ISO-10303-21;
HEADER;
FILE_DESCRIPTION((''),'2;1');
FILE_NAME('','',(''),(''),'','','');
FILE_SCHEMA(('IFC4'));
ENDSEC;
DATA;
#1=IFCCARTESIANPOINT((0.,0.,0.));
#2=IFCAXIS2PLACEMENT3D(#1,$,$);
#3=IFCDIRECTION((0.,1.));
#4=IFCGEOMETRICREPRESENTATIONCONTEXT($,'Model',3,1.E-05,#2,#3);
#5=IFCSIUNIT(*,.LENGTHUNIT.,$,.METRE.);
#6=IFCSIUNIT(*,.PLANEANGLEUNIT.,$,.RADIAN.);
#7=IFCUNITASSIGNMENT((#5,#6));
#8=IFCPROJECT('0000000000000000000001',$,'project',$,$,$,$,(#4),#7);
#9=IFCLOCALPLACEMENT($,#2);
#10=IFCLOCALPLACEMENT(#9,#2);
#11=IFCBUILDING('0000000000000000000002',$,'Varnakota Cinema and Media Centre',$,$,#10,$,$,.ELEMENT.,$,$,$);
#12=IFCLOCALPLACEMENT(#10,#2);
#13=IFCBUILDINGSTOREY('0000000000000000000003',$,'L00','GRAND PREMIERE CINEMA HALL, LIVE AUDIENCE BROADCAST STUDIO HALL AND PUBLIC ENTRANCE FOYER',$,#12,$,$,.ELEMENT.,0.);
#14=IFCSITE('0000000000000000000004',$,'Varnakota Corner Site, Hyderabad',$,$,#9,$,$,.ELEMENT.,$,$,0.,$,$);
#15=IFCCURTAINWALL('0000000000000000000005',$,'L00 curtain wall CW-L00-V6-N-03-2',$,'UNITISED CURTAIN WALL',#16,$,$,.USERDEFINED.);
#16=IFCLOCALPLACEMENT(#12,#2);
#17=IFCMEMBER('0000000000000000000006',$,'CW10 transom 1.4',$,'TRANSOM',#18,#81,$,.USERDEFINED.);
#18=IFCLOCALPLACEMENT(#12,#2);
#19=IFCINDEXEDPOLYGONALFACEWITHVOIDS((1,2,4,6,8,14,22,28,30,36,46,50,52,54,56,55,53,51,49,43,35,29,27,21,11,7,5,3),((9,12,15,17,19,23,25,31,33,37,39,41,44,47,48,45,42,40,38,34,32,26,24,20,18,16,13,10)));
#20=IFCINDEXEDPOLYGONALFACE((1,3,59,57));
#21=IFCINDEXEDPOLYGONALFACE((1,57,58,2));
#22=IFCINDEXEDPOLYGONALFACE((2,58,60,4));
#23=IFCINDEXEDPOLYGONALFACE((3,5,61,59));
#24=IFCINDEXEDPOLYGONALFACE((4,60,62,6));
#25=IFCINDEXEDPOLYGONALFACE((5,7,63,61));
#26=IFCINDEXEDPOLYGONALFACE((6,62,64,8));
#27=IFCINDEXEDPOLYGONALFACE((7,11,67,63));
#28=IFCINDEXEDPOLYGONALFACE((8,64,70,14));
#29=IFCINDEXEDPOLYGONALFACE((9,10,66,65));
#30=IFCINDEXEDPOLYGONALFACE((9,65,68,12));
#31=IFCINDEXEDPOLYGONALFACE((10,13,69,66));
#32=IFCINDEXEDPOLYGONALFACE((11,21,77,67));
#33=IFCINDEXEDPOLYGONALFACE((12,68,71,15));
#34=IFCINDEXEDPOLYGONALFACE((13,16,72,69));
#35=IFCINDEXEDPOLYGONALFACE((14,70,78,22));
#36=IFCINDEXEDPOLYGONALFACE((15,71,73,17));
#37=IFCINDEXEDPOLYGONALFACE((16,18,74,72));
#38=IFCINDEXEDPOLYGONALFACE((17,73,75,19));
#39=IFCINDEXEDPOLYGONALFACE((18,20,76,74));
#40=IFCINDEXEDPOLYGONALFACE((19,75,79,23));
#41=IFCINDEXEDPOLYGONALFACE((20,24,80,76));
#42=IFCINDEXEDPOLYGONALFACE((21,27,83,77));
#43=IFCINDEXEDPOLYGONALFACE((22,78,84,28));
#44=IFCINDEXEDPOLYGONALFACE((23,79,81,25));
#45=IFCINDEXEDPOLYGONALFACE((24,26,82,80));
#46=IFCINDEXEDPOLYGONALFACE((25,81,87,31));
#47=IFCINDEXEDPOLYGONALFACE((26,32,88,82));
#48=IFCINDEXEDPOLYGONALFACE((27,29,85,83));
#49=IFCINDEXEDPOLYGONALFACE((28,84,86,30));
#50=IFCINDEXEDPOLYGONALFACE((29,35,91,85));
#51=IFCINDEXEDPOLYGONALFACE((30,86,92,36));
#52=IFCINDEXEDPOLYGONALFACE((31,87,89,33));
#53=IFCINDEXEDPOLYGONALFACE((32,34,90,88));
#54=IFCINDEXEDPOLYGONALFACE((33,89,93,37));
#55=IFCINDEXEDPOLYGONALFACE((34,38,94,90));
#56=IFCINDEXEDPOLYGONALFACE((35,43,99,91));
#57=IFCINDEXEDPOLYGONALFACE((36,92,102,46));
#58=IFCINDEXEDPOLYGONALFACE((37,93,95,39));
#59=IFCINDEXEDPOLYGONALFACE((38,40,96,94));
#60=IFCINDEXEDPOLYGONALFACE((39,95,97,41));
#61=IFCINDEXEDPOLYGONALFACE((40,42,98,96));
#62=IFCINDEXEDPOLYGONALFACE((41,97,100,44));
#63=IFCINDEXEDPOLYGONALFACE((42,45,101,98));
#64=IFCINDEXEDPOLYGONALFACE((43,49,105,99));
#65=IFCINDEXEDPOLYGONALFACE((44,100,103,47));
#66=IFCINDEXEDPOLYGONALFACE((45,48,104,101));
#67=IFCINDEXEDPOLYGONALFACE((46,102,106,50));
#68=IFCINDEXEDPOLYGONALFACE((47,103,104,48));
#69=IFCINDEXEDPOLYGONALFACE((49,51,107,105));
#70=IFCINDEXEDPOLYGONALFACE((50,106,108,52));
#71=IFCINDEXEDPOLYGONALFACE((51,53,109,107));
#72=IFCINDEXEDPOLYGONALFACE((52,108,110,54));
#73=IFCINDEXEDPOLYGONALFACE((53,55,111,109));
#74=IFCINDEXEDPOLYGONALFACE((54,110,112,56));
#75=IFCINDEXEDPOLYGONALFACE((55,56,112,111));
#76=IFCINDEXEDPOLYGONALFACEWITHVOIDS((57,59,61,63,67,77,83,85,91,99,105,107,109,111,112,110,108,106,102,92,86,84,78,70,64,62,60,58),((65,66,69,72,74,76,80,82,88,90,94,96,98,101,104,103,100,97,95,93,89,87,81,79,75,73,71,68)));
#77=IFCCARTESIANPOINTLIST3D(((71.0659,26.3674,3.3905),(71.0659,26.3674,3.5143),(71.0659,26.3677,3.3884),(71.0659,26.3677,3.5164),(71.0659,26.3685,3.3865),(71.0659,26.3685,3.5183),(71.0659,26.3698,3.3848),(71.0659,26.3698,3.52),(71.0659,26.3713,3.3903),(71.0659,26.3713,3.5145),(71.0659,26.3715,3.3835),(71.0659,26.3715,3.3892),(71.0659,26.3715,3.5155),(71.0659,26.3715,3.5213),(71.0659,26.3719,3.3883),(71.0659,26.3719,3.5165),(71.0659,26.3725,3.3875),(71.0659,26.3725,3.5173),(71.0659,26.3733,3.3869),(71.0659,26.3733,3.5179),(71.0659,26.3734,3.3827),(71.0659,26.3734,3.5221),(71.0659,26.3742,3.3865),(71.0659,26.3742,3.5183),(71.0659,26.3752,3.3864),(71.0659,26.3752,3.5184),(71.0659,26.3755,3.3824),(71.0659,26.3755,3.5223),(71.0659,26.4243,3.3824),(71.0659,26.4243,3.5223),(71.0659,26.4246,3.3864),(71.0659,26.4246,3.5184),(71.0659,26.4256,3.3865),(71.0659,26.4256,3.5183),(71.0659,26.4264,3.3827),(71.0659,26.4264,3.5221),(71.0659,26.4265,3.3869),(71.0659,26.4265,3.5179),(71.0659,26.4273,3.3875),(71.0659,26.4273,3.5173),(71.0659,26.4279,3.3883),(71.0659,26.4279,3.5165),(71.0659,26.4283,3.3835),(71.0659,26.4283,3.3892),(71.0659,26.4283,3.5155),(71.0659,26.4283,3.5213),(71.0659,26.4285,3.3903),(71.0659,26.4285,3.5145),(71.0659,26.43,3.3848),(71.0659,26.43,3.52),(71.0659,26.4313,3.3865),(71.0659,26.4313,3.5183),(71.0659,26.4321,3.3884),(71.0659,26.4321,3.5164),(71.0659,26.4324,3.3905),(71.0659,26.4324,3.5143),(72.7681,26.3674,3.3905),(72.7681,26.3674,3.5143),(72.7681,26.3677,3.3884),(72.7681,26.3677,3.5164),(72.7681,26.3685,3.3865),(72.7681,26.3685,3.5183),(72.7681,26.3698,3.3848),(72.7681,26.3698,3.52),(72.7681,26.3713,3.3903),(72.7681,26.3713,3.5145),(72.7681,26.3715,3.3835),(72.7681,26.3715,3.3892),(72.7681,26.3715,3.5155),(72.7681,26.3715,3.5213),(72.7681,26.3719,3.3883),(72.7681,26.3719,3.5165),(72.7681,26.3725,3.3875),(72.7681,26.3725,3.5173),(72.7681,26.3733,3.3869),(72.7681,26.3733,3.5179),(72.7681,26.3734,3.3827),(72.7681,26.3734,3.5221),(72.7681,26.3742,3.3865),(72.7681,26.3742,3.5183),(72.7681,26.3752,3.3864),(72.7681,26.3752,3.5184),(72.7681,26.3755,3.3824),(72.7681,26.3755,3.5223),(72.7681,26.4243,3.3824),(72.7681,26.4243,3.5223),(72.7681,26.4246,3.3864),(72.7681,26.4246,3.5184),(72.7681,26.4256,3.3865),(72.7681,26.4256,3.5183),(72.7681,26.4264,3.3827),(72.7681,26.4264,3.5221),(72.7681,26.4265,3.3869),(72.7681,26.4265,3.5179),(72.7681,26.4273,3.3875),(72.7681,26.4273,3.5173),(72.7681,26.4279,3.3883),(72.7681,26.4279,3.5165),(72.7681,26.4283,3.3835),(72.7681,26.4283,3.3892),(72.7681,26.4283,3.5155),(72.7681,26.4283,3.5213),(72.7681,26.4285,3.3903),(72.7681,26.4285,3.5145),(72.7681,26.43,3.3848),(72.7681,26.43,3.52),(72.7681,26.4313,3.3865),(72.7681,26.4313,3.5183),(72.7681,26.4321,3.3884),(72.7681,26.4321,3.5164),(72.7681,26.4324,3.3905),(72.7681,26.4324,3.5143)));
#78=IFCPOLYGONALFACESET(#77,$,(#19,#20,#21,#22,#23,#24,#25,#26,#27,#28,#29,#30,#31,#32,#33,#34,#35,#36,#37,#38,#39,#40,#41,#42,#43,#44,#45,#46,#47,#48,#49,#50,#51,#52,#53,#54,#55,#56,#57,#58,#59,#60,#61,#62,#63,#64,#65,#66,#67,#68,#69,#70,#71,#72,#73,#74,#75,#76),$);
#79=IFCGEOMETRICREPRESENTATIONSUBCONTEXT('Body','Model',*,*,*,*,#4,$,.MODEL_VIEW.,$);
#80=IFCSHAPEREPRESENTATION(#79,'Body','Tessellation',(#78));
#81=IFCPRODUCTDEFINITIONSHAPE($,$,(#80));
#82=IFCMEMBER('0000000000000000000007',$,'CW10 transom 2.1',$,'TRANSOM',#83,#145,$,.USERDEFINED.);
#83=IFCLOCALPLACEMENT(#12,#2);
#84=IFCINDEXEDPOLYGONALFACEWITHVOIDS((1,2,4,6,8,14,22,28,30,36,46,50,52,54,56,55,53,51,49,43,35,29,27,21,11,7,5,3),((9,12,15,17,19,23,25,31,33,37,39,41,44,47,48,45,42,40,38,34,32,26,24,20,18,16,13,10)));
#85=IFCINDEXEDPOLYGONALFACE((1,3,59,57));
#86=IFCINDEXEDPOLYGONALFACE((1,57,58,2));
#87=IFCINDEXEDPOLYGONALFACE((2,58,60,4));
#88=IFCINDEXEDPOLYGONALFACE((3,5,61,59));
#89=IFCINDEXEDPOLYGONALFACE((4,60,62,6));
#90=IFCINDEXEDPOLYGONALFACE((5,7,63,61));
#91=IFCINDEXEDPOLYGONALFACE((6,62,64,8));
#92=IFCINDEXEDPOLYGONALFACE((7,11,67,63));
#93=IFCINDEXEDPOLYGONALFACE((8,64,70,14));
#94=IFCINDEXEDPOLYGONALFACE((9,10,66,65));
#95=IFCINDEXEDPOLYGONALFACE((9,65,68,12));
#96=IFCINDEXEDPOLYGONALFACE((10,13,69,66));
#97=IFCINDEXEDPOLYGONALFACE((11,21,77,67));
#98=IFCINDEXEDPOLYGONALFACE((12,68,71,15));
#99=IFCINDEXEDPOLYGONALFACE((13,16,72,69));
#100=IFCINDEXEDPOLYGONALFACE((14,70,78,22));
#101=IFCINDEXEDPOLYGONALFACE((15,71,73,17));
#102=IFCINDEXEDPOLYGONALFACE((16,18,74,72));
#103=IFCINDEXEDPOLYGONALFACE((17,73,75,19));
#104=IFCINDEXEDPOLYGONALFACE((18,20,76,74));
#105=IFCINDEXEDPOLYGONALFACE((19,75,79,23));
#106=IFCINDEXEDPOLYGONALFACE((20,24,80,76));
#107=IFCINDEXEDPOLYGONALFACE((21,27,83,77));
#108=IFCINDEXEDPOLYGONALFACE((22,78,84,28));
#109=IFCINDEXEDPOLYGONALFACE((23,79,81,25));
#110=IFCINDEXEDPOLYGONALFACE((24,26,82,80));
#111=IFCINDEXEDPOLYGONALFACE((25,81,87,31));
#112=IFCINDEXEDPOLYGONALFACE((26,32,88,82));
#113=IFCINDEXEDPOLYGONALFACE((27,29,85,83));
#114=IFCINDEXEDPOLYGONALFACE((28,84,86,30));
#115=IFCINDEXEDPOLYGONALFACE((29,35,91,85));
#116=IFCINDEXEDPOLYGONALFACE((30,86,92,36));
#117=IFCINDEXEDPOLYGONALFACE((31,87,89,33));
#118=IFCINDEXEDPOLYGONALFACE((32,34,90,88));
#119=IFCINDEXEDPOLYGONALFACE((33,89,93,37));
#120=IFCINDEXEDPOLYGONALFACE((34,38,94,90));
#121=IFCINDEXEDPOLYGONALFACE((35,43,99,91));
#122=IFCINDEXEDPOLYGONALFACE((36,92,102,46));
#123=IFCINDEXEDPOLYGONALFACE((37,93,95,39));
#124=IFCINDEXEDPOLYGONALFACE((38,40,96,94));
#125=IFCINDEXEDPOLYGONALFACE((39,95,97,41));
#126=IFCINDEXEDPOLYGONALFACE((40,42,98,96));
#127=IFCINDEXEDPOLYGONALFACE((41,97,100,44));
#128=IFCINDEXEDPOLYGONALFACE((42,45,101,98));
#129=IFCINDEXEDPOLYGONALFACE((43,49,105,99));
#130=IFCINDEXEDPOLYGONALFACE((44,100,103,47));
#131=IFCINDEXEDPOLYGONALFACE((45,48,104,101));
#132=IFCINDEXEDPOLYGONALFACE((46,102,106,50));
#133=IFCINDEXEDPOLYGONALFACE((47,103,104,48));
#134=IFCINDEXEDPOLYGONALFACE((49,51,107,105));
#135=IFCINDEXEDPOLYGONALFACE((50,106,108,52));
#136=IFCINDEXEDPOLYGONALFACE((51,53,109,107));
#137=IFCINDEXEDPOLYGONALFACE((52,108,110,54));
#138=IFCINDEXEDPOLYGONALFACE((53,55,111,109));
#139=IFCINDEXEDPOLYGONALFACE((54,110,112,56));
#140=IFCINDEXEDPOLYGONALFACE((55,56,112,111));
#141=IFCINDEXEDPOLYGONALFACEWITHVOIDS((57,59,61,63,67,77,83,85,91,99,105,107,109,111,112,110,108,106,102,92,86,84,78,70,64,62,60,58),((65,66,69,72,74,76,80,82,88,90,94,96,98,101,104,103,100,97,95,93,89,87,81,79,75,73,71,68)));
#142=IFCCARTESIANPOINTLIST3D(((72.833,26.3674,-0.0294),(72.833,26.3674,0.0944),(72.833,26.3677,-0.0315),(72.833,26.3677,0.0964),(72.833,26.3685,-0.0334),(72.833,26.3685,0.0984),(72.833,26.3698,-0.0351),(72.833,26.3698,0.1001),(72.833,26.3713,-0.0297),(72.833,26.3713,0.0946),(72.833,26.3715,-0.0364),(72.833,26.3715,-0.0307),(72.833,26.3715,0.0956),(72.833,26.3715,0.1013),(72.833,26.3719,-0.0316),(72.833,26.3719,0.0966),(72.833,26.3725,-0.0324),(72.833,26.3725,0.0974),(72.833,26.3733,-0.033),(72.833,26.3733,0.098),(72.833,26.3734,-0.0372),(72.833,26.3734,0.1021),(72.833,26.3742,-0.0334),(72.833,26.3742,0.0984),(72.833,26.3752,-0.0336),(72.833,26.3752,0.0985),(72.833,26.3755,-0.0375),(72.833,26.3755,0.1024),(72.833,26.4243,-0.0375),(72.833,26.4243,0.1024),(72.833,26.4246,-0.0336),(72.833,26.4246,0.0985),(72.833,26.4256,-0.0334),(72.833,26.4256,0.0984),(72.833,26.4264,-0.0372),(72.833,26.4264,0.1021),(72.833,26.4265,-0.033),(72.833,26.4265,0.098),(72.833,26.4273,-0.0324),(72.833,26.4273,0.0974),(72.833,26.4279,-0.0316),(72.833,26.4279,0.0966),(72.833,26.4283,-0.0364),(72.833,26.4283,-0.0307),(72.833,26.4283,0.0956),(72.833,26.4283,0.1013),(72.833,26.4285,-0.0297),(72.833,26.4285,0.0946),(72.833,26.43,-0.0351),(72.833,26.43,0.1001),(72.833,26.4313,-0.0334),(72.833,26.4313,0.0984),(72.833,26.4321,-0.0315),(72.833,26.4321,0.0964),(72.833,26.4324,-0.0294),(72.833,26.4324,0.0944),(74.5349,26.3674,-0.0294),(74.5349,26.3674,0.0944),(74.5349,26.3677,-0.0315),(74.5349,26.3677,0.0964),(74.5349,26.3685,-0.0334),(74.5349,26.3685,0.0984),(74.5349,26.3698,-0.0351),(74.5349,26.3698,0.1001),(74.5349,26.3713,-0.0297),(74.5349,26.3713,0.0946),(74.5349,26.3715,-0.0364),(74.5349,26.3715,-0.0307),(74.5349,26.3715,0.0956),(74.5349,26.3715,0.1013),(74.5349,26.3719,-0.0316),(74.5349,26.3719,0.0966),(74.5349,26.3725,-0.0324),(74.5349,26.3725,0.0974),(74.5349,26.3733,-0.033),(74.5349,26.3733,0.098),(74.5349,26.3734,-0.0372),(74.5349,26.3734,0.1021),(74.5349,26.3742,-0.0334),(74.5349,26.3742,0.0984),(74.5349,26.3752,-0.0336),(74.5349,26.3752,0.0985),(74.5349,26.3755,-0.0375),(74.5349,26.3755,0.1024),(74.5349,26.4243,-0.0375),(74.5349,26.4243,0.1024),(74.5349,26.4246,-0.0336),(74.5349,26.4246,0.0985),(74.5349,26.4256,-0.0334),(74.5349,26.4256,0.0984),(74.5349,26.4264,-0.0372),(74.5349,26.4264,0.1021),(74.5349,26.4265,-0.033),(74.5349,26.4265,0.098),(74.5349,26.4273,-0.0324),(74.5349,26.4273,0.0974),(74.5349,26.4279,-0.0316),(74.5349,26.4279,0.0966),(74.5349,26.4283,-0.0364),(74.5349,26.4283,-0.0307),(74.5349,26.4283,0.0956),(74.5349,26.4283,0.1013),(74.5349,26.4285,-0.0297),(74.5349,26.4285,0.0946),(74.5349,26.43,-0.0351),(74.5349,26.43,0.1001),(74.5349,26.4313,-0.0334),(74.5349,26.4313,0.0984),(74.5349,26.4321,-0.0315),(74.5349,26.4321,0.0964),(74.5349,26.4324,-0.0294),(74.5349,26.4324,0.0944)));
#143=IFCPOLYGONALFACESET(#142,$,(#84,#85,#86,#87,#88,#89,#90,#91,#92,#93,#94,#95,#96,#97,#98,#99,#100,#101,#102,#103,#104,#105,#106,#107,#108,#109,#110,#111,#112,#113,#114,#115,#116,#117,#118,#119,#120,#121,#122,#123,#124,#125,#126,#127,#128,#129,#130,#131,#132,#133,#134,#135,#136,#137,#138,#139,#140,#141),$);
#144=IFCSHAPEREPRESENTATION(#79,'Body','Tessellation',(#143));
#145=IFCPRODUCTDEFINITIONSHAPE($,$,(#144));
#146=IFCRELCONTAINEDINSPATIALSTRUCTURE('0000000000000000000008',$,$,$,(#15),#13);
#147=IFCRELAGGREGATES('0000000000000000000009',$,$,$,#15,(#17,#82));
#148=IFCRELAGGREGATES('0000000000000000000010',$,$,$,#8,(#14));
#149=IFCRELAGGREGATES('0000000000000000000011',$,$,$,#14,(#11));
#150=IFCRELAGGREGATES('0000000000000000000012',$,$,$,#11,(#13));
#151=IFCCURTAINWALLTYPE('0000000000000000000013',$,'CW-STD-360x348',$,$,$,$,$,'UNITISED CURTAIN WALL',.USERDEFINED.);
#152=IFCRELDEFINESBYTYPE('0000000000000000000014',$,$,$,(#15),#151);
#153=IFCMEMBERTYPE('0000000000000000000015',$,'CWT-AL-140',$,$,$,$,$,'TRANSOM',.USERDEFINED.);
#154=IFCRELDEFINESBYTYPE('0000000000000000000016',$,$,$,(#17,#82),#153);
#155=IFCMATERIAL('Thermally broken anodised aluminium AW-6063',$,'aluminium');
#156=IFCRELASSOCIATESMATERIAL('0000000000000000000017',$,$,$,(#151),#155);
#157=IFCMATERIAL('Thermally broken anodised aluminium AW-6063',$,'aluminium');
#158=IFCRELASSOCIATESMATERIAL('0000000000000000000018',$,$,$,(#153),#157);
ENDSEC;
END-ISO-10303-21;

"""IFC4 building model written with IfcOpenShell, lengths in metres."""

from ifc_helpers import new_model, si_unit, direction, frame, origin, origin_2d, place, context, subcontext, project, spatial, hollow_rectangle, extrude, material, material_profile, profile_set, type_object, element, aggregate, save


model = new_model("IFC4")

# Units and contexts
model_context = context("Model", 3, precision=1e-05, world=origin(), true_north=direction((0.0, 1.0)))
body_context = subcontext(model_context, "Body", "Model", "MODEL_VIEW")
ifc_project = project(units=[si_unit("LENGTHUNIT", "METRE"), si_unit("PLANEANGLEUNIT", "RADIAN")], contexts=[model_context])

# Site, building, storey
site_placement = place(None, origin())
site = spatial("IfcSite", under=ifc_project, at=site_placement, Name="Varnakota Corner Site, Hyderabad", CompositionType="ELEMENT", RefElevation=0.0)
building_placement = place(site_placement, origin())
building = spatial("IfcBuilding", under=site, at=building_placement, Name="Varnakota Cinema and Media Centre", CompositionType="ELEMENT")
storey_placement = place(building_placement, origin())
storey = spatial("IfcBuildingStorey", under=building, at=storey_placement, Name="L00", Description="GRAND PREMIERE CINEMA HALL, LIVE AUDIENCE BROADCAST STUDIO HALL AND PUBLIC ENTRANCE FOYER", CompositionType="ELEMENT", Elevation=0.0)

# Curtain wall, members
ifc_material_1 = material(Name="Thermally broken anodised aluminium AW-6063", Category="aluminium")
curtain_wall_type_1 = type_object("IfcCurtainWallType", Name="CW-STD-360x348", ElementType="UNITISED CURTAIN WALL", PredefinedType="USERDEFINED", material=ifc_material_1)
curtain_wall_1_placement = place(storey_placement, origin())
curtain_wall_1 = element("IfcCurtainWall", 1, at=curtain_wall_1_placement, inside=storey, type_object=curtain_wall_type_1, Name="L00 curtain wall CW-L00-V6-N-03-2", ObjectType="UNITISED CURTAIN WALL", PredefinedType="USERDEFINED")
ifc_material_2 = material(Name="Thermally broken anodised aluminium AW-6063", Category="aluminium")
ifc_material_profile_1 = material_profile(ifc_material_2, hollow_rectangle(XDim=0.0649, YDim=0.1399, WallThickness=0.0039, InnerFilletRadius=0.0039, OuterFilletRadius=0.0081, at=origin_2d()), Name="AL-TRANSOM 140x65x4")
ifc_profile_set_1 = profile_set([ifc_material_profile_1], Name="Thermally broken anodised aluminium AW-6063")
member_type_1 = type_object("IfcMemberType", Name="CWT-AL-140", ElementType="TRANSOM", PredefinedType="USERDEFINED", material=ifc_profile_set_1)
member_1_placement = place(storey_placement, frame((71.0659, 26.3999, 3.4524), z_axis=(1.0, 0.0, 0.0), x_axis=(0.0, 1.0, 0.0)))
member_1 = element("IfcMember", 2, at=member_1_placement, type_object=member_type_1, Name="CW10 transom 1.4", ObjectType="TRANSOM", PredefinedType="USERDEFINED", context=body_context, shape_type="SweptSolid", body=[
    extrude(hollow_rectangle(XDim=0.0649, YDim=0.1399, WallThickness=0.0039, InnerFilletRadius=0.0039, OuterFilletRadius=0.0081, at=origin_2d()), origin(), (0.0, 0.0, 1.0), 1.7021),
])
member_2_placement = place(storey_placement, frame((72.833, 26.3999, 0.0325), z_axis=(1.0, 0.0, 0.0), x_axis=(0.0, 1.0, 0.0)))
member_2 = element("IfcMember", 3, at=member_2_placement, type_object=member_type_1, Name="CW10 transom 2.1", ObjectType="TRANSOM", PredefinedType="USERDEFINED", context=body_context, shape_type="SweptSolid", body=[
    extrude(hollow_rectangle(XDim=0.0649, YDim=0.1399, WallThickness=0.0039, InnerFilletRadius=0.0039, OuterFilletRadius=0.0081, at=origin_2d()), origin(), (0.0, 0.0, 1.0), 1.7019),
])

aggregate(curtain_wall_1, [member_1, member_2])

save(model, "model.ifc")
